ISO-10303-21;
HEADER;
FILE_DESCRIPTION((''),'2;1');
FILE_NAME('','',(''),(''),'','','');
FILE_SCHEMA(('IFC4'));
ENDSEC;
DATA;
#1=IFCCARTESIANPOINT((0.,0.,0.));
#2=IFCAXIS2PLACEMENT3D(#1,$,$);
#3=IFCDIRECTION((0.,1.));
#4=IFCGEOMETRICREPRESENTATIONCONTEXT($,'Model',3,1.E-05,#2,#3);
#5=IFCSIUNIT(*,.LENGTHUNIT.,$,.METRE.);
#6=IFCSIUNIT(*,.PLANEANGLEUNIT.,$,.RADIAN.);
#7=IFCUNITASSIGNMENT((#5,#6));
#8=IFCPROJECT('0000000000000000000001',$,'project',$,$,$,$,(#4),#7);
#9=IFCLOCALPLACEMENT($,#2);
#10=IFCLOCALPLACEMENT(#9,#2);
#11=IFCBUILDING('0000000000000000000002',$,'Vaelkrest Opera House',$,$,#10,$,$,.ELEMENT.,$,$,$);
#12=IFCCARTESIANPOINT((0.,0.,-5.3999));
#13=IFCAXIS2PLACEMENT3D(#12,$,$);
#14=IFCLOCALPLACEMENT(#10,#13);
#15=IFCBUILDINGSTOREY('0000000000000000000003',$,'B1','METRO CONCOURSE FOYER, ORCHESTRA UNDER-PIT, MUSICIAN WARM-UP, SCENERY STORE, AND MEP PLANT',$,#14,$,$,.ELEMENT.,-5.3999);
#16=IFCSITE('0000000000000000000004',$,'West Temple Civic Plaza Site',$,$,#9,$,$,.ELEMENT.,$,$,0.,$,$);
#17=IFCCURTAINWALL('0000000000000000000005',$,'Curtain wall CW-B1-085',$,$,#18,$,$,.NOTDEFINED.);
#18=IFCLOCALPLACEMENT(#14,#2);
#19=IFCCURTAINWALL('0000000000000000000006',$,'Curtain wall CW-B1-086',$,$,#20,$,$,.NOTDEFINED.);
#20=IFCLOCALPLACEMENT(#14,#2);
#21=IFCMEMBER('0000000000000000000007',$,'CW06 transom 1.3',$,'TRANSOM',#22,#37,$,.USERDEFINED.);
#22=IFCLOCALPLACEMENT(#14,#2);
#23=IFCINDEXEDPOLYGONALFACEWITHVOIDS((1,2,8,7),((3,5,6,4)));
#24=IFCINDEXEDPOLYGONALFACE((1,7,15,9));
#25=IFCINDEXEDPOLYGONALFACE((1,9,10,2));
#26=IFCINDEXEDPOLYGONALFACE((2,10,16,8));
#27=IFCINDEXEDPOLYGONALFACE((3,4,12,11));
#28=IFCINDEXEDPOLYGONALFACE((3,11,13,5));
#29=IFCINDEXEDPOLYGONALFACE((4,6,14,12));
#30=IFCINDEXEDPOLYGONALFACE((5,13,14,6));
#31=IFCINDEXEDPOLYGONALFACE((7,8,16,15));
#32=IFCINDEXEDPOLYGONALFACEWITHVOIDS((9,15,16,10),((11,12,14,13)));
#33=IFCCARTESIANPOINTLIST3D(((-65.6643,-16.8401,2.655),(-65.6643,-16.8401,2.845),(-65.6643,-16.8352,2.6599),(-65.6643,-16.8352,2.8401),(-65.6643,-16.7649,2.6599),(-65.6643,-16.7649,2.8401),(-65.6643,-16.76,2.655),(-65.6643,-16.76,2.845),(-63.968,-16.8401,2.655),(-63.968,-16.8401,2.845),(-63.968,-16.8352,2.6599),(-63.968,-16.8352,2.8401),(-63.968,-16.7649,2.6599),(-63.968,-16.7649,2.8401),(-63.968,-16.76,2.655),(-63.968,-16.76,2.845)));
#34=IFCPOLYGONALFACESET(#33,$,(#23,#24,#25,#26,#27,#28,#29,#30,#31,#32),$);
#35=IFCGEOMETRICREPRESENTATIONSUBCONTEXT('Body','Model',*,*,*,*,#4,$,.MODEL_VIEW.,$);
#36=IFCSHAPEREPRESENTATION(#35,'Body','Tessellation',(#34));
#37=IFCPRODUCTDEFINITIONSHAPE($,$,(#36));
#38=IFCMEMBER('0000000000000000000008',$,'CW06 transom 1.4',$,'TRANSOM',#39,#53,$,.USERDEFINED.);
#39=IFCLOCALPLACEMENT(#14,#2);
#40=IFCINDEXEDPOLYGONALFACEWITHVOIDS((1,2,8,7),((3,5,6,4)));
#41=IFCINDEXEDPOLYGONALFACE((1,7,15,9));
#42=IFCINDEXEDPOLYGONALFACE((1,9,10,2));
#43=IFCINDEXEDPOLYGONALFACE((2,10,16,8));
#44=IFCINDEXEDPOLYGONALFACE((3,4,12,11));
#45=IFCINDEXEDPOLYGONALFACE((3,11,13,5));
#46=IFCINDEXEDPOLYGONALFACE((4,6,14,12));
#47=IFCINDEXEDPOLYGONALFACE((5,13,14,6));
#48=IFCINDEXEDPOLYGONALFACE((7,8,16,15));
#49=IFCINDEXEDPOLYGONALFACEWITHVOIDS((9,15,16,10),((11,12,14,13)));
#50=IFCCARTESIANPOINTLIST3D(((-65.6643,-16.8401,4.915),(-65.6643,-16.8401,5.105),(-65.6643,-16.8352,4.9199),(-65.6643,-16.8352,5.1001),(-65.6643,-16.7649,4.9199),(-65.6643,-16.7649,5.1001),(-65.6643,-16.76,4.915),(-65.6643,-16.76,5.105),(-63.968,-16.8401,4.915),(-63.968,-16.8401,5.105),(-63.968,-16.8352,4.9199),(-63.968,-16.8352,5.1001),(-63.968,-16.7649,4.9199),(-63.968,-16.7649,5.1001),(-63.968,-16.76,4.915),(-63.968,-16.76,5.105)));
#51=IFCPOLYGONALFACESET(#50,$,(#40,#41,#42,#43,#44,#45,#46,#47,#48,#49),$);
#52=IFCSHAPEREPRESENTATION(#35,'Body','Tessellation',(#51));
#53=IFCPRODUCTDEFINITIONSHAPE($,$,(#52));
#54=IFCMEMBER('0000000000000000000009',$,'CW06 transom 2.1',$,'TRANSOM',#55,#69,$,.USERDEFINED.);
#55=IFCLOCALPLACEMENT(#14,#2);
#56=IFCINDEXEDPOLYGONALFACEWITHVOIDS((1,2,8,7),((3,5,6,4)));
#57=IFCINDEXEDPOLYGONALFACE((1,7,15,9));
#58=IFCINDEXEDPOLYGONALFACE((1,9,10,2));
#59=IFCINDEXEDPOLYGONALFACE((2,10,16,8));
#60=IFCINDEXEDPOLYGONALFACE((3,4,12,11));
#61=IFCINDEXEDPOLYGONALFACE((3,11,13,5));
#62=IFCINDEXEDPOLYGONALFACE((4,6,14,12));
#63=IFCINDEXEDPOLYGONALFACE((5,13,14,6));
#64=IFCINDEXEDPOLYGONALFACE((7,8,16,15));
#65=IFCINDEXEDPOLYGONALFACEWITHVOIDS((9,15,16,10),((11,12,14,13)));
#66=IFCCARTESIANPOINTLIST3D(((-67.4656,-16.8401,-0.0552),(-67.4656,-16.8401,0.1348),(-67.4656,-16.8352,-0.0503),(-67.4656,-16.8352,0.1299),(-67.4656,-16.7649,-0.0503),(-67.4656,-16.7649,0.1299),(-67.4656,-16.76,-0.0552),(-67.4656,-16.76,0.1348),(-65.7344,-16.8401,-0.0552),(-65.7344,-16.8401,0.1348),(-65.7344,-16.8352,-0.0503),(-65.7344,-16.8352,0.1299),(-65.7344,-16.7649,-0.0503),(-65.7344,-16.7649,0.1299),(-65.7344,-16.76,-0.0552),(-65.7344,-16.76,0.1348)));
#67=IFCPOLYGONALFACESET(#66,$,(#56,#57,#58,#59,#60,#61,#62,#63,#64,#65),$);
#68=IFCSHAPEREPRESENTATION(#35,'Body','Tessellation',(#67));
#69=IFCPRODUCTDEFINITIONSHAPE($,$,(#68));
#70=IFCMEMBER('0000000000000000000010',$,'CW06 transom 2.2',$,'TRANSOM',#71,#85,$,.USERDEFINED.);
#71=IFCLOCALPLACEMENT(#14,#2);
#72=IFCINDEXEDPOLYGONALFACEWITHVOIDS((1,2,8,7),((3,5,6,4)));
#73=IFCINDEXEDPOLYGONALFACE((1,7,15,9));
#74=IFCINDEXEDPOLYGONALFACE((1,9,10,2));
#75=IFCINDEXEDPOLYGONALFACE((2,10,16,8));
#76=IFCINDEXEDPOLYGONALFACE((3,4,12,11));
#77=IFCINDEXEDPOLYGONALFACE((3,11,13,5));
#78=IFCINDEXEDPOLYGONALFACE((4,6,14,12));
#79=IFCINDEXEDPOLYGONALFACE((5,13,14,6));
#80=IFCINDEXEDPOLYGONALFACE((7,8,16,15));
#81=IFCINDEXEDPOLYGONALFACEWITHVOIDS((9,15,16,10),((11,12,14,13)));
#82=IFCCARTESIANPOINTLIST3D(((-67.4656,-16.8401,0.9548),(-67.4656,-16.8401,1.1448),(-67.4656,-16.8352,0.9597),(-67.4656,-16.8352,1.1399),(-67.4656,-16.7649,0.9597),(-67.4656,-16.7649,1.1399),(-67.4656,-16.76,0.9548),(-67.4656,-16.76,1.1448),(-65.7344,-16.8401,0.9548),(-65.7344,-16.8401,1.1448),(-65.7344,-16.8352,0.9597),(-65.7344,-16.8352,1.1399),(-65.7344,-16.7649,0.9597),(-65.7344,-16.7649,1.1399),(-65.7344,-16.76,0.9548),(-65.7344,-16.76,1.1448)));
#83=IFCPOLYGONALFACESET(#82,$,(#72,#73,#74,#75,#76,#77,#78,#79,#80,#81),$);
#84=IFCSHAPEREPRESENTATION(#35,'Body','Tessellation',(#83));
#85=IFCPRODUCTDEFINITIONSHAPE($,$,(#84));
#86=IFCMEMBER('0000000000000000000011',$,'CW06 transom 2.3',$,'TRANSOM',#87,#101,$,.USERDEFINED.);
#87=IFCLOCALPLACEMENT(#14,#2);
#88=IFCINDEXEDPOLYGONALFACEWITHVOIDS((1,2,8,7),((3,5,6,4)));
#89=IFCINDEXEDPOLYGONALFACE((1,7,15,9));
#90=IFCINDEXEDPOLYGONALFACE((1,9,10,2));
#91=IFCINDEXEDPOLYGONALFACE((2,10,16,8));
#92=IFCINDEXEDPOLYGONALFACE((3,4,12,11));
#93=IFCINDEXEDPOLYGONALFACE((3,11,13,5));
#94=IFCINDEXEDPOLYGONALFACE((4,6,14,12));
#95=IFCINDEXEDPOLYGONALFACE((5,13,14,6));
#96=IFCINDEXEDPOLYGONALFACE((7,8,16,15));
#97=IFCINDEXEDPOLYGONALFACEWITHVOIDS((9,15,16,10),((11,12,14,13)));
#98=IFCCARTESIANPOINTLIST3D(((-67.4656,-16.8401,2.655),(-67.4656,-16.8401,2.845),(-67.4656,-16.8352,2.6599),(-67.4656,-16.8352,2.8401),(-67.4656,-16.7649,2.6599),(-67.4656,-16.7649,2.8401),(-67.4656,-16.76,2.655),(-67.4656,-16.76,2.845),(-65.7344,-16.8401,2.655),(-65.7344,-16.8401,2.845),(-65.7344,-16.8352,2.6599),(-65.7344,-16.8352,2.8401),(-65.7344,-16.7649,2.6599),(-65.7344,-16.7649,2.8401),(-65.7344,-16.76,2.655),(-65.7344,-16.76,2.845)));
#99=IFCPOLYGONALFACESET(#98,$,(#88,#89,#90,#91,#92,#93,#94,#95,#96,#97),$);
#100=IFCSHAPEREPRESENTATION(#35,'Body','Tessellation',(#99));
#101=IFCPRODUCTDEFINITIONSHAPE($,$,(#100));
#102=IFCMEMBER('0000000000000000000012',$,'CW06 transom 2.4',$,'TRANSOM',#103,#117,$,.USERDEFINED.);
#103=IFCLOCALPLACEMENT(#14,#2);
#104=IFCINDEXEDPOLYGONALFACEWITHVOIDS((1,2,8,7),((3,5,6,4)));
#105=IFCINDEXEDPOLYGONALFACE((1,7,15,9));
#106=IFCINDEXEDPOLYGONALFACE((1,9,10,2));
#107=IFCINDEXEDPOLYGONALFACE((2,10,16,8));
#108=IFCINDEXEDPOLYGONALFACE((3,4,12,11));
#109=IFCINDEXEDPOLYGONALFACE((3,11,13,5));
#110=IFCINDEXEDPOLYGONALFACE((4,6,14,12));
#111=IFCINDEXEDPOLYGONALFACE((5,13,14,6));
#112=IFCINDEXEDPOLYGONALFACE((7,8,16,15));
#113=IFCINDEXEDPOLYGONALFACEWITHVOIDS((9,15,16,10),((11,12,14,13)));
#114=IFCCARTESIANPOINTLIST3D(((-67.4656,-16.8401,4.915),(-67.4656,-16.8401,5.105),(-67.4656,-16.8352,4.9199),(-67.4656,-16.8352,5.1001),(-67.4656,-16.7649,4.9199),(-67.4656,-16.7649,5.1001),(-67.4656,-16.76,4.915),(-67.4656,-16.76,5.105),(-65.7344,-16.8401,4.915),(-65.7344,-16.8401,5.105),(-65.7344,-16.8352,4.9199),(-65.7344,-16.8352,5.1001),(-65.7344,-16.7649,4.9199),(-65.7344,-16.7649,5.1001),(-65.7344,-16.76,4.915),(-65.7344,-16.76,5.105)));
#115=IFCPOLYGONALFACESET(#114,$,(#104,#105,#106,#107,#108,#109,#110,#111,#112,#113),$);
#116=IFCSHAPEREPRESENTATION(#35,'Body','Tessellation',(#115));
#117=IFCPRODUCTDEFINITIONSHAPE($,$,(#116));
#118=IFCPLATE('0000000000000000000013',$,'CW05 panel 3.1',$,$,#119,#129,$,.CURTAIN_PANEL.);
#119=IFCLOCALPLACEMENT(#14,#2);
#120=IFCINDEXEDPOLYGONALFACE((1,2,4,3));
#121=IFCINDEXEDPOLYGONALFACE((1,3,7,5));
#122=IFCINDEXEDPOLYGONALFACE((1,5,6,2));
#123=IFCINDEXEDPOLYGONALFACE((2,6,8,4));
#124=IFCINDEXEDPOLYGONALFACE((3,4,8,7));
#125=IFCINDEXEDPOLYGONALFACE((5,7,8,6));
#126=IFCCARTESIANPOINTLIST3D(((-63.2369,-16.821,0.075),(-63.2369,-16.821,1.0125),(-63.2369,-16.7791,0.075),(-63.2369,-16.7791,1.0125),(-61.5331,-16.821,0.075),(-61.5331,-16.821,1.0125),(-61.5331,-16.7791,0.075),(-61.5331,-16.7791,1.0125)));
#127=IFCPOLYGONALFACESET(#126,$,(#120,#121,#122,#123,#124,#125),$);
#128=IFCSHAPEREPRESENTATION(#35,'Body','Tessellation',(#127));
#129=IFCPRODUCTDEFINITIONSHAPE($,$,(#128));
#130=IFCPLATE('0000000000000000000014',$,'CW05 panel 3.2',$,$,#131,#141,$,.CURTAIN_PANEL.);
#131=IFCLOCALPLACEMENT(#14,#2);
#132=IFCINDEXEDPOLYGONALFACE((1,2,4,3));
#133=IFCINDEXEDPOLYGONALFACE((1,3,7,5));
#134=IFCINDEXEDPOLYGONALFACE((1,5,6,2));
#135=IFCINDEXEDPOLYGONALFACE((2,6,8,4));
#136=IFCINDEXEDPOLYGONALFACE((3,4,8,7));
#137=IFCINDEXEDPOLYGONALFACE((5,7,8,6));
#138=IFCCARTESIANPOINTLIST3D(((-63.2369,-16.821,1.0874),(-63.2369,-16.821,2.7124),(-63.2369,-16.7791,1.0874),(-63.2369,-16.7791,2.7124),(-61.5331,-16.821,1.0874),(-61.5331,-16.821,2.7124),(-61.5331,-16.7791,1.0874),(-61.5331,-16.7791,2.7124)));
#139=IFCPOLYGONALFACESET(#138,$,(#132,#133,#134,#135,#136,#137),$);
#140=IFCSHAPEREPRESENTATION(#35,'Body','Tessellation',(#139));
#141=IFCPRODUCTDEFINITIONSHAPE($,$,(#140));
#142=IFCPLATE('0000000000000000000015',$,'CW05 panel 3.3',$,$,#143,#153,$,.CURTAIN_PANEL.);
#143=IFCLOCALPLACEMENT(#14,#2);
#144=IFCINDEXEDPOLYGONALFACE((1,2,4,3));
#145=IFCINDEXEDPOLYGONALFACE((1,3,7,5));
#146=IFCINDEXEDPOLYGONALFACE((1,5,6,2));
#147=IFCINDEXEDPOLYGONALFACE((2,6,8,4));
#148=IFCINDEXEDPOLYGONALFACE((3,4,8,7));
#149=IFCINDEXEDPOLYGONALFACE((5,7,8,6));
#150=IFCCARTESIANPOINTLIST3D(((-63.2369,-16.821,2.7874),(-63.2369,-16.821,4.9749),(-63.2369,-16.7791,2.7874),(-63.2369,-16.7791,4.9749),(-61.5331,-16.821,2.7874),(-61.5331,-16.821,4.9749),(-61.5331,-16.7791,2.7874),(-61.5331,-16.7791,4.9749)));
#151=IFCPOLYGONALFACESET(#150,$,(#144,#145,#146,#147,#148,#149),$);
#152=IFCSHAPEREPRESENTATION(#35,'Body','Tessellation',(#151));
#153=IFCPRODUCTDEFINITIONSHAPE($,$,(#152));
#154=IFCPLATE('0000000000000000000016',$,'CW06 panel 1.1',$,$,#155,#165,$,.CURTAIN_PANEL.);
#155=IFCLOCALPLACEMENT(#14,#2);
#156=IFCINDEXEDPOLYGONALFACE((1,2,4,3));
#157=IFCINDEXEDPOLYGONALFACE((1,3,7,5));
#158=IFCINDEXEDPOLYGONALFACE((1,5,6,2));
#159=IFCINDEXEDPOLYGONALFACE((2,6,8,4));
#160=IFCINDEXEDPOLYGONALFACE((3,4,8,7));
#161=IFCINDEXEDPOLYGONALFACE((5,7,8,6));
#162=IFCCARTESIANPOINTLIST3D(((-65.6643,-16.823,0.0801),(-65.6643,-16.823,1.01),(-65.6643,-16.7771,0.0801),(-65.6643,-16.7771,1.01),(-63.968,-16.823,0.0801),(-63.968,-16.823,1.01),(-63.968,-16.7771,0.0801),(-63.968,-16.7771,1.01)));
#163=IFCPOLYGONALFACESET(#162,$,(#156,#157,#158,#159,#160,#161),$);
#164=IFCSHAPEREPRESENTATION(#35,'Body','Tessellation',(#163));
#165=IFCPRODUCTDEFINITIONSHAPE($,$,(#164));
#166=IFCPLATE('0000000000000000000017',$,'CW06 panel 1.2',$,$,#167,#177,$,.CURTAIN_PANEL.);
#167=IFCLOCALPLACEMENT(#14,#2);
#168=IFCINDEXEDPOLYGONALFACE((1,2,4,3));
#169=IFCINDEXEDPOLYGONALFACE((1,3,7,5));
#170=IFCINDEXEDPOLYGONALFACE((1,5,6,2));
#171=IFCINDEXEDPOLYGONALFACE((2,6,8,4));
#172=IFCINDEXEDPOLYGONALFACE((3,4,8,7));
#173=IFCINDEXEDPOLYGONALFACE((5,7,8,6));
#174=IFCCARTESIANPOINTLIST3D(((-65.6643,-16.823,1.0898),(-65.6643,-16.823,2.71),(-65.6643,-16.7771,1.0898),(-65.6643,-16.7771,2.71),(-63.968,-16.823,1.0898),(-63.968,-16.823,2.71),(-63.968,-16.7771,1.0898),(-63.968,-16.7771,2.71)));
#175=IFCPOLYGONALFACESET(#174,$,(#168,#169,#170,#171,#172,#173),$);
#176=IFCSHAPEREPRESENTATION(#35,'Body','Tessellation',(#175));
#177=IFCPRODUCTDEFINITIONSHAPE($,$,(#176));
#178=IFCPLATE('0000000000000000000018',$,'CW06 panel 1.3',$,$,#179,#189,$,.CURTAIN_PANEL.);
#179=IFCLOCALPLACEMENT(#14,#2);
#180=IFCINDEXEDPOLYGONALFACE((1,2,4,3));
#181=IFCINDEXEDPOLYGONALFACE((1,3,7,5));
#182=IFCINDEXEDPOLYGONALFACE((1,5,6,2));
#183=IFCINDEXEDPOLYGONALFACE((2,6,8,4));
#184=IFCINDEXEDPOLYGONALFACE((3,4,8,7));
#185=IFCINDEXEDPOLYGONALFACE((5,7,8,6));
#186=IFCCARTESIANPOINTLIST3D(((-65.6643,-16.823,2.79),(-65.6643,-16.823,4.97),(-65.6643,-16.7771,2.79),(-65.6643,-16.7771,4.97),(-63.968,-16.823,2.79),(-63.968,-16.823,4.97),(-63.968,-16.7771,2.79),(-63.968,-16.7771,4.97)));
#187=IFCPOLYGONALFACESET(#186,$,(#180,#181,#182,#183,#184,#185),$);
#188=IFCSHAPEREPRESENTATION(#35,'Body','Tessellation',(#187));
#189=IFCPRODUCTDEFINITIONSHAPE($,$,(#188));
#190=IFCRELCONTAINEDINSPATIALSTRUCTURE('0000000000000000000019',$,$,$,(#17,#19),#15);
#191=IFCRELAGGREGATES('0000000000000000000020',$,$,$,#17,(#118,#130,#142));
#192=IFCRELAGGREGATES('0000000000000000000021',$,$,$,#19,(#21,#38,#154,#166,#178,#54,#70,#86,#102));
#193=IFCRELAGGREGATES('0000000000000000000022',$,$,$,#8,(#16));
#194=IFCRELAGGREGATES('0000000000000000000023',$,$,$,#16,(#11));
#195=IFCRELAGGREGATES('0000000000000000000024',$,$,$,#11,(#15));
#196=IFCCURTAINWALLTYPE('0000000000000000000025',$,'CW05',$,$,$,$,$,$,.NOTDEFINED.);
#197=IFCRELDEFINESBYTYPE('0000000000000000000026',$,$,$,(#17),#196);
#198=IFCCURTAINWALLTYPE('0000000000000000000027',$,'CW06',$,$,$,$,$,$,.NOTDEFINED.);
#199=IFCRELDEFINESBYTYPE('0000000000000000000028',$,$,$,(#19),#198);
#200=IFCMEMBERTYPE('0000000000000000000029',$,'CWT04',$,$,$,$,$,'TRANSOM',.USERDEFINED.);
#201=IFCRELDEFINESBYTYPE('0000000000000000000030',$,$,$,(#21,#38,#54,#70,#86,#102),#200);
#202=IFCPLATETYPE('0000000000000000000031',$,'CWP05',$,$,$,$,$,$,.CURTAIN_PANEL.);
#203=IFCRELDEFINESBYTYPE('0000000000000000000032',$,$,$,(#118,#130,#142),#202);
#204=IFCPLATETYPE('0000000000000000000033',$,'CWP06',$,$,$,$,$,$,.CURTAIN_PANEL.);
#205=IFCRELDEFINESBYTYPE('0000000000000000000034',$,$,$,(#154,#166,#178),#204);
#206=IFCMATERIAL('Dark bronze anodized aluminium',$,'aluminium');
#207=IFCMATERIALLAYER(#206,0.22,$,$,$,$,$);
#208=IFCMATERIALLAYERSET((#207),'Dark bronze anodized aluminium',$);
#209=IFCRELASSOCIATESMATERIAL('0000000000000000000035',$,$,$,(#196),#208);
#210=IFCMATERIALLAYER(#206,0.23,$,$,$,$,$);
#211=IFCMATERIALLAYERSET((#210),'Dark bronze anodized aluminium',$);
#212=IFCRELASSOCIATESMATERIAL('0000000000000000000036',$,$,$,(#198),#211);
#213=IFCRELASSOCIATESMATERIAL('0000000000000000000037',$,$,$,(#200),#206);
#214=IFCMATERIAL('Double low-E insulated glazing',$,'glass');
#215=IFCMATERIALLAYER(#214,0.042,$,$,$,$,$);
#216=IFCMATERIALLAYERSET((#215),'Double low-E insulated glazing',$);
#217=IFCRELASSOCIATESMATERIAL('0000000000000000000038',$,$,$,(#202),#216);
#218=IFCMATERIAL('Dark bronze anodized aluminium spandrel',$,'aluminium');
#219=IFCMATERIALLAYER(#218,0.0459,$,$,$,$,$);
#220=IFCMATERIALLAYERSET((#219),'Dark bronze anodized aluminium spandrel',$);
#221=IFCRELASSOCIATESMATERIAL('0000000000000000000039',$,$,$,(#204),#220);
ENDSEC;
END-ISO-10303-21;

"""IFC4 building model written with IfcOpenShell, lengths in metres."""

from ifc_helpers import new_model, si_unit, direction, frame, origin, origin_2d, place, context, subcontext, project, spatial, rectangle, hollow_rectangle, extrude, material, layer, layer_set, material_profile, profile_set, type_object, element, aggregate, save


model = new_model("IFC4")

# Units and contexts
model_context = context("Model", 3, precision=1e-05, world=origin(), true_north=direction((0.0, 1.0)))
body_context = subcontext(model_context, "Body", "Model", "MODEL_VIEW")
ifc_project = project(units=[si_unit("LENGTHUNIT", "METRE"), si_unit("PLANEANGLEUNIT", "RADIAN")], contexts=[model_context])

# Site, building, storey
site_placement = place(None, origin())
site = spatial("IfcSite", under=ifc_project, at=site_placement, Name="West Temple Civic Plaza Site", CompositionType="ELEMENT", RefElevation=0.0)
building_placement = place(site_placement, origin())
building = spatial("IfcBuilding", under=site, at=building_placement, Name="Vaelkrest Opera House", CompositionType="ELEMENT")
storey_placement = place(building_placement, frame((0.0, 0.0, -5.3999)))
storey = spatial("IfcBuildingStorey", under=building, at=storey_placement, Name="B1", Description="METRO CONCOURSE FOYER, ORCHESTRA UNDER-PIT, MUSICIAN WARM-UP, SCENERY STORE, AND MEP PLANT", CompositionType="ELEMENT", Elevation=-5.3999)

# Curtain wall
ifc_material_1 = material(Name="Dark bronze anodized aluminium", Category="aluminium")
ifc_layer_1 = layer(ifc_material_1, 0.22)
ifc_layer_set_1 = layer_set([ifc_layer_1], Name="Dark bronze anodized aluminium")
curtain_wall_type_1 = type_object("IfcCurtainWallType", Name="CW05", PredefinedType="NOTDEFINED", material=ifc_layer_set_1)
curtain_wall_1_placement = place(storey_placement, origin())
curtain_wall_1 = element("IfcCurtainWall", 1, at=curtain_wall_1_placement, inside=storey, type_object=curtain_wall_type_1, Name="Curtain wall CW-B1-085", PredefinedType="NOTDEFINED")

# Curtain wall, members
ifc_layer_2 = layer(ifc_material_1, 0.23)
ifc_layer_set_2 = layer_set([ifc_layer_2], Name="Dark bronze anodized aluminium")
curtain_wall_type_2 = type_object("IfcCurtainWallType", Name="CW06", PredefinedType="NOTDEFINED", material=ifc_layer_set_2)
curtain_wall_2_placement = place(storey_placement, origin())
curtain_wall_2 = element("IfcCurtainWall", 2, at=curtain_wall_2_placement, inside=storey, type_object=curtain_wall_type_2, Name="Curtain wall CW-B1-086", PredefinedType="NOTDEFINED")
ifc_material_profile_1 = material_profile(ifc_material_1, hollow_rectangle(XDim=0.0801, YDim=0.1899, WallThickness=0.0049, at=origin_2d()), Name="CWT80X190")
ifc_profile_set_1 = profile_set([ifc_material_profile_1], Name="Dark bronze anodized aluminium")
member_type_1 = type_object("IfcMemberType", Name="CWT04", ElementType="TRANSOM", PredefinedType="USERDEFINED", material=ifc_profile_set_1)
member_1_placement = place(storey_placement, frame((-63.968, -16.8, 2.75), z_axis=(-1.0, 0.0, 0.0), x_axis=(0.0, -1.0, 0.0)))
member_1 = element("IfcMember", 3, at=member_1_placement, type_object=member_type_1, Name="CW06 transom 1.3", ObjectType="TRANSOM", PredefinedType="USERDEFINED", context=body_context, shape_type="SweptSolid", body=[
    extrude(hollow_rectangle(XDim=0.0801, YDim=0.1899, WallThickness=0.0049, at=origin_2d()), origin(), (0.0, 0.0, 1.0), 1.6963),
])
member_2_placement = place(storey_placement, frame((-63.968, -16.8, 5.01), z_axis=(-1.0, 0.0, 0.0), x_axis=(0.0, -1.0, 0.0)))
member_2 = element("IfcMember", 4, at=member_2_placement, type_object=member_type_1, Name="CW06 transom 1.4", ObjectType="TRANSOM", PredefinedType="USERDEFINED", context=body_context, shape_type="SweptSolid", body=[
    extrude(hollow_rectangle(XDim=0.0801, YDim=0.1899, WallThickness=0.0049, at=origin_2d()), origin(), (0.0, 0.0, 1.0), 1.6963),
])
member_3_placement = place(storey_placement, frame((-65.7344, -16.8, 0.0398), z_axis=(-1.0, 0.0, 0.0), x_axis=(0.0, -1.0, 0.0)))
member_3 = element("IfcMember", 5, at=member_3_placement, type_object=member_type_1, Name="CW06 transom 2.1", ObjectType="TRANSOM", PredefinedType="USERDEFINED", context=body_context, shape_type="SweptSolid", body=[
    extrude(hollow_rectangle(XDim=0.0801, YDim=0.1899, WallThickness=0.0049, at=origin_2d()), origin(), (0.0, 0.0, 1.0), 1.7312),
])
member_4_placement = place(storey_placement, frame((-65.7344, -16.8, 1.0498), z_axis=(-1.0, 0.0, 0.0), x_axis=(0.0, -1.0, 0.0)))
member_4 = element("IfcMember", 6, at=member_4_placement, type_object=member_type_1, Name="CW06 transom 2.2", ObjectType="TRANSOM", PredefinedType="USERDEFINED", context=body_context, shape_type="SweptSolid", body=[
    extrude(hollow_rectangle(XDim=0.0801, YDim=0.1899, WallThickness=0.0049, at=origin_2d()), origin(), (0.0, 0.0, 1.0), 1.7312),
])
member_5_placement = place(storey_placement, frame((-65.7344, -16.8, 2.75), z_axis=(-1.0, 0.0, 0.0), x_axis=(0.0, -1.0, 0.0)))
member_5 = element("IfcMember", 7, at=member_5_placement, type_object=member_type_1, Name="CW06 transom 2.3", ObjectType="TRANSOM", PredefinedType="USERDEFINED", context=body_context, shape_type="SweptSolid", body=[
    extrude(hollow_rectangle(XDim=0.0801, YDim=0.1899, WallThickness=0.0049, at=origin_2d()), origin(), (0.0, 0.0, 1.0), 1.7312),
])
member_6_placement = place(storey_placement, frame((-65.7344, -16.8, 5.01), z_axis=(-1.0, 0.0, 0.0), x_axis=(0.0, -1.0, 0.0)))
member_6 = element("IfcMember", 8, at=member_6_placement, type_object=member_type_1, Name="CW06 transom 2.4", ObjectType="TRANSOM", PredefinedType="USERDEFINED", context=body_context, shape_type="SweptSolid", body=[
    extrude(hollow_rectangle(XDim=0.0801, YDim=0.1899, WallThickness=0.0049, at=origin_2d()), origin(), (0.0, 0.0, 1.0), 1.7312),
])

# Plates
ifc_material_2 = material(Name="Double low-E insulated glazing", Category="glass")
ifc_layer_3 = layer(ifc_material_2, 0.042)
ifc_layer_set_3 = layer_set([ifc_layer_3], Name="Double low-E insulated glazing")
plate_type_1 = type_object("IfcPlateType", Name="CWP05", PredefinedType="CURTAIN_PANEL", material=ifc_layer_set_3)
plate_1_placement = place(storey_placement, frame((-62.385, -16.8, 0.075), z_axis=(0.0, 0.0, 1.0), x_axis=(-1.0, 0.0, 0.0)))
plate_1 = element("IfcPlate", 9, at=plate_1_placement, type_object=plate_type_1, Name="CW05 panel 3.1", PredefinedType="CURTAIN_PANEL", context=body_context, shape_type="SweptSolid", body=[
    extrude(rectangle(XDim=1.7039, YDim=0.042, at=origin_2d()), origin(), (0.0, 0.0, 1.0), 0.9375),
])
plate_2_placement = place(storey_placement, frame((-62.385, -16.8, 1.0874), z_axis=(0.0, 0.0, 1.0), x_axis=(-1.0, 0.0, 0.0)))
plate_2 = element("IfcPlate", 10, at=plate_2_placement, type_object=plate_type_1, Name="CW05 panel 3.2", PredefinedType="CURTAIN_PANEL", context=body_context, shape_type="SweptSolid", body=[
    extrude(rectangle(XDim=1.7039, YDim=0.042, at=origin_2d()), origin(), (0.0, 0.0, 1.0), 1.625),
])
plate_3_placement = place(storey_placement, frame((-62.385, -16.8, 2.7874), z_axis=(0.0, 0.0, 1.0), x_axis=(-1.0, 0.0, 0.0)))
plate_3 = element("IfcPlate", 11, at=plate_3_placement, type_object=plate_type_1, Name="CW05 panel 3.3", PredefinedType="CURTAIN_PANEL", context=body_context, shape_type="SweptSolid", body=[
    extrude(rectangle(XDim=1.7039, YDim=0.042, at=origin_2d()), origin(), (0.0, 0.0, 1.0), 2.1875),
])
aggregate(curtain_wall_1, [plate_1, plate_2, plate_3])
ifc_material_3 = material(Name="Dark bronze anodized aluminium spandrel", Category="aluminium")
ifc_layer_4 = layer(ifc_material_3, 0.0459)
ifc_layer_set_4 = layer_set([ifc_layer_4], Name="Dark bronze anodized aluminium spandrel")
plate_type_2 = type_object("IfcPlateType", Name="CWP06", PredefinedType="CURTAIN_PANEL", material=ifc_layer_set_4)
plate_4_placement = place(storey_placement, frame((-64.8162, -16.8, 0.0801), z_axis=(0.0, 0.0, 1.0), x_axis=(-1.0, 0.0, 0.0)))
plate_4 = element("IfcPlate", 12, at=plate_4_placement, type_object=plate_type_2, Name="CW06 panel 1.1", PredefinedType="CURTAIN_PANEL", context=body_context, shape_type="SweptSolid", body=[
    extrude(rectangle(XDim=1.6963, YDim=0.0459, at=origin_2d()), origin(), (0.0, 0.0, 1.0), 0.9299),
])
plate_5_placement = place(storey_placement, frame((-64.8162, -16.8, 1.0898), z_axis=(0.0, 0.0, 1.0), x_axis=(-1.0, 0.0, 0.0)))
plate_5 = element("IfcPlate", 13, at=plate_5_placement, type_object=plate_type_2, Name="CW06 panel 1.2", PredefinedType="CURTAIN_PANEL", context=body_context, shape_type="SweptSolid", body=[
    extrude(rectangle(XDim=1.6963, YDim=0.0459, at=origin_2d()), origin(), (0.0, 0.0, 1.0), 1.6201),
])
plate_6_placement = place(storey_placement, frame((-64.8162, -16.8, 2.79), z_axis=(0.0, 0.0, 1.0), x_axis=(-1.0, 0.0, 0.0)))
plate_6 = element("IfcPlate", 14, at=plate_6_placement, type_object=plate_type_2, Name="CW06 panel 1.3", PredefinedType="CURTAIN_PANEL", context=body_context, shape_type="SweptSolid", body=[
    extrude(rectangle(XDim=1.6963, YDim=0.0459, at=origin_2d()), origin(), (0.0, 0.0, 1.0), 2.1799),
])
aggregate(curtain_wall_2, [member_1, member_2, plate_4, plate_5, plate_6, member_3, member_4, member_5, member_6])

save(model, "model.ifc")
